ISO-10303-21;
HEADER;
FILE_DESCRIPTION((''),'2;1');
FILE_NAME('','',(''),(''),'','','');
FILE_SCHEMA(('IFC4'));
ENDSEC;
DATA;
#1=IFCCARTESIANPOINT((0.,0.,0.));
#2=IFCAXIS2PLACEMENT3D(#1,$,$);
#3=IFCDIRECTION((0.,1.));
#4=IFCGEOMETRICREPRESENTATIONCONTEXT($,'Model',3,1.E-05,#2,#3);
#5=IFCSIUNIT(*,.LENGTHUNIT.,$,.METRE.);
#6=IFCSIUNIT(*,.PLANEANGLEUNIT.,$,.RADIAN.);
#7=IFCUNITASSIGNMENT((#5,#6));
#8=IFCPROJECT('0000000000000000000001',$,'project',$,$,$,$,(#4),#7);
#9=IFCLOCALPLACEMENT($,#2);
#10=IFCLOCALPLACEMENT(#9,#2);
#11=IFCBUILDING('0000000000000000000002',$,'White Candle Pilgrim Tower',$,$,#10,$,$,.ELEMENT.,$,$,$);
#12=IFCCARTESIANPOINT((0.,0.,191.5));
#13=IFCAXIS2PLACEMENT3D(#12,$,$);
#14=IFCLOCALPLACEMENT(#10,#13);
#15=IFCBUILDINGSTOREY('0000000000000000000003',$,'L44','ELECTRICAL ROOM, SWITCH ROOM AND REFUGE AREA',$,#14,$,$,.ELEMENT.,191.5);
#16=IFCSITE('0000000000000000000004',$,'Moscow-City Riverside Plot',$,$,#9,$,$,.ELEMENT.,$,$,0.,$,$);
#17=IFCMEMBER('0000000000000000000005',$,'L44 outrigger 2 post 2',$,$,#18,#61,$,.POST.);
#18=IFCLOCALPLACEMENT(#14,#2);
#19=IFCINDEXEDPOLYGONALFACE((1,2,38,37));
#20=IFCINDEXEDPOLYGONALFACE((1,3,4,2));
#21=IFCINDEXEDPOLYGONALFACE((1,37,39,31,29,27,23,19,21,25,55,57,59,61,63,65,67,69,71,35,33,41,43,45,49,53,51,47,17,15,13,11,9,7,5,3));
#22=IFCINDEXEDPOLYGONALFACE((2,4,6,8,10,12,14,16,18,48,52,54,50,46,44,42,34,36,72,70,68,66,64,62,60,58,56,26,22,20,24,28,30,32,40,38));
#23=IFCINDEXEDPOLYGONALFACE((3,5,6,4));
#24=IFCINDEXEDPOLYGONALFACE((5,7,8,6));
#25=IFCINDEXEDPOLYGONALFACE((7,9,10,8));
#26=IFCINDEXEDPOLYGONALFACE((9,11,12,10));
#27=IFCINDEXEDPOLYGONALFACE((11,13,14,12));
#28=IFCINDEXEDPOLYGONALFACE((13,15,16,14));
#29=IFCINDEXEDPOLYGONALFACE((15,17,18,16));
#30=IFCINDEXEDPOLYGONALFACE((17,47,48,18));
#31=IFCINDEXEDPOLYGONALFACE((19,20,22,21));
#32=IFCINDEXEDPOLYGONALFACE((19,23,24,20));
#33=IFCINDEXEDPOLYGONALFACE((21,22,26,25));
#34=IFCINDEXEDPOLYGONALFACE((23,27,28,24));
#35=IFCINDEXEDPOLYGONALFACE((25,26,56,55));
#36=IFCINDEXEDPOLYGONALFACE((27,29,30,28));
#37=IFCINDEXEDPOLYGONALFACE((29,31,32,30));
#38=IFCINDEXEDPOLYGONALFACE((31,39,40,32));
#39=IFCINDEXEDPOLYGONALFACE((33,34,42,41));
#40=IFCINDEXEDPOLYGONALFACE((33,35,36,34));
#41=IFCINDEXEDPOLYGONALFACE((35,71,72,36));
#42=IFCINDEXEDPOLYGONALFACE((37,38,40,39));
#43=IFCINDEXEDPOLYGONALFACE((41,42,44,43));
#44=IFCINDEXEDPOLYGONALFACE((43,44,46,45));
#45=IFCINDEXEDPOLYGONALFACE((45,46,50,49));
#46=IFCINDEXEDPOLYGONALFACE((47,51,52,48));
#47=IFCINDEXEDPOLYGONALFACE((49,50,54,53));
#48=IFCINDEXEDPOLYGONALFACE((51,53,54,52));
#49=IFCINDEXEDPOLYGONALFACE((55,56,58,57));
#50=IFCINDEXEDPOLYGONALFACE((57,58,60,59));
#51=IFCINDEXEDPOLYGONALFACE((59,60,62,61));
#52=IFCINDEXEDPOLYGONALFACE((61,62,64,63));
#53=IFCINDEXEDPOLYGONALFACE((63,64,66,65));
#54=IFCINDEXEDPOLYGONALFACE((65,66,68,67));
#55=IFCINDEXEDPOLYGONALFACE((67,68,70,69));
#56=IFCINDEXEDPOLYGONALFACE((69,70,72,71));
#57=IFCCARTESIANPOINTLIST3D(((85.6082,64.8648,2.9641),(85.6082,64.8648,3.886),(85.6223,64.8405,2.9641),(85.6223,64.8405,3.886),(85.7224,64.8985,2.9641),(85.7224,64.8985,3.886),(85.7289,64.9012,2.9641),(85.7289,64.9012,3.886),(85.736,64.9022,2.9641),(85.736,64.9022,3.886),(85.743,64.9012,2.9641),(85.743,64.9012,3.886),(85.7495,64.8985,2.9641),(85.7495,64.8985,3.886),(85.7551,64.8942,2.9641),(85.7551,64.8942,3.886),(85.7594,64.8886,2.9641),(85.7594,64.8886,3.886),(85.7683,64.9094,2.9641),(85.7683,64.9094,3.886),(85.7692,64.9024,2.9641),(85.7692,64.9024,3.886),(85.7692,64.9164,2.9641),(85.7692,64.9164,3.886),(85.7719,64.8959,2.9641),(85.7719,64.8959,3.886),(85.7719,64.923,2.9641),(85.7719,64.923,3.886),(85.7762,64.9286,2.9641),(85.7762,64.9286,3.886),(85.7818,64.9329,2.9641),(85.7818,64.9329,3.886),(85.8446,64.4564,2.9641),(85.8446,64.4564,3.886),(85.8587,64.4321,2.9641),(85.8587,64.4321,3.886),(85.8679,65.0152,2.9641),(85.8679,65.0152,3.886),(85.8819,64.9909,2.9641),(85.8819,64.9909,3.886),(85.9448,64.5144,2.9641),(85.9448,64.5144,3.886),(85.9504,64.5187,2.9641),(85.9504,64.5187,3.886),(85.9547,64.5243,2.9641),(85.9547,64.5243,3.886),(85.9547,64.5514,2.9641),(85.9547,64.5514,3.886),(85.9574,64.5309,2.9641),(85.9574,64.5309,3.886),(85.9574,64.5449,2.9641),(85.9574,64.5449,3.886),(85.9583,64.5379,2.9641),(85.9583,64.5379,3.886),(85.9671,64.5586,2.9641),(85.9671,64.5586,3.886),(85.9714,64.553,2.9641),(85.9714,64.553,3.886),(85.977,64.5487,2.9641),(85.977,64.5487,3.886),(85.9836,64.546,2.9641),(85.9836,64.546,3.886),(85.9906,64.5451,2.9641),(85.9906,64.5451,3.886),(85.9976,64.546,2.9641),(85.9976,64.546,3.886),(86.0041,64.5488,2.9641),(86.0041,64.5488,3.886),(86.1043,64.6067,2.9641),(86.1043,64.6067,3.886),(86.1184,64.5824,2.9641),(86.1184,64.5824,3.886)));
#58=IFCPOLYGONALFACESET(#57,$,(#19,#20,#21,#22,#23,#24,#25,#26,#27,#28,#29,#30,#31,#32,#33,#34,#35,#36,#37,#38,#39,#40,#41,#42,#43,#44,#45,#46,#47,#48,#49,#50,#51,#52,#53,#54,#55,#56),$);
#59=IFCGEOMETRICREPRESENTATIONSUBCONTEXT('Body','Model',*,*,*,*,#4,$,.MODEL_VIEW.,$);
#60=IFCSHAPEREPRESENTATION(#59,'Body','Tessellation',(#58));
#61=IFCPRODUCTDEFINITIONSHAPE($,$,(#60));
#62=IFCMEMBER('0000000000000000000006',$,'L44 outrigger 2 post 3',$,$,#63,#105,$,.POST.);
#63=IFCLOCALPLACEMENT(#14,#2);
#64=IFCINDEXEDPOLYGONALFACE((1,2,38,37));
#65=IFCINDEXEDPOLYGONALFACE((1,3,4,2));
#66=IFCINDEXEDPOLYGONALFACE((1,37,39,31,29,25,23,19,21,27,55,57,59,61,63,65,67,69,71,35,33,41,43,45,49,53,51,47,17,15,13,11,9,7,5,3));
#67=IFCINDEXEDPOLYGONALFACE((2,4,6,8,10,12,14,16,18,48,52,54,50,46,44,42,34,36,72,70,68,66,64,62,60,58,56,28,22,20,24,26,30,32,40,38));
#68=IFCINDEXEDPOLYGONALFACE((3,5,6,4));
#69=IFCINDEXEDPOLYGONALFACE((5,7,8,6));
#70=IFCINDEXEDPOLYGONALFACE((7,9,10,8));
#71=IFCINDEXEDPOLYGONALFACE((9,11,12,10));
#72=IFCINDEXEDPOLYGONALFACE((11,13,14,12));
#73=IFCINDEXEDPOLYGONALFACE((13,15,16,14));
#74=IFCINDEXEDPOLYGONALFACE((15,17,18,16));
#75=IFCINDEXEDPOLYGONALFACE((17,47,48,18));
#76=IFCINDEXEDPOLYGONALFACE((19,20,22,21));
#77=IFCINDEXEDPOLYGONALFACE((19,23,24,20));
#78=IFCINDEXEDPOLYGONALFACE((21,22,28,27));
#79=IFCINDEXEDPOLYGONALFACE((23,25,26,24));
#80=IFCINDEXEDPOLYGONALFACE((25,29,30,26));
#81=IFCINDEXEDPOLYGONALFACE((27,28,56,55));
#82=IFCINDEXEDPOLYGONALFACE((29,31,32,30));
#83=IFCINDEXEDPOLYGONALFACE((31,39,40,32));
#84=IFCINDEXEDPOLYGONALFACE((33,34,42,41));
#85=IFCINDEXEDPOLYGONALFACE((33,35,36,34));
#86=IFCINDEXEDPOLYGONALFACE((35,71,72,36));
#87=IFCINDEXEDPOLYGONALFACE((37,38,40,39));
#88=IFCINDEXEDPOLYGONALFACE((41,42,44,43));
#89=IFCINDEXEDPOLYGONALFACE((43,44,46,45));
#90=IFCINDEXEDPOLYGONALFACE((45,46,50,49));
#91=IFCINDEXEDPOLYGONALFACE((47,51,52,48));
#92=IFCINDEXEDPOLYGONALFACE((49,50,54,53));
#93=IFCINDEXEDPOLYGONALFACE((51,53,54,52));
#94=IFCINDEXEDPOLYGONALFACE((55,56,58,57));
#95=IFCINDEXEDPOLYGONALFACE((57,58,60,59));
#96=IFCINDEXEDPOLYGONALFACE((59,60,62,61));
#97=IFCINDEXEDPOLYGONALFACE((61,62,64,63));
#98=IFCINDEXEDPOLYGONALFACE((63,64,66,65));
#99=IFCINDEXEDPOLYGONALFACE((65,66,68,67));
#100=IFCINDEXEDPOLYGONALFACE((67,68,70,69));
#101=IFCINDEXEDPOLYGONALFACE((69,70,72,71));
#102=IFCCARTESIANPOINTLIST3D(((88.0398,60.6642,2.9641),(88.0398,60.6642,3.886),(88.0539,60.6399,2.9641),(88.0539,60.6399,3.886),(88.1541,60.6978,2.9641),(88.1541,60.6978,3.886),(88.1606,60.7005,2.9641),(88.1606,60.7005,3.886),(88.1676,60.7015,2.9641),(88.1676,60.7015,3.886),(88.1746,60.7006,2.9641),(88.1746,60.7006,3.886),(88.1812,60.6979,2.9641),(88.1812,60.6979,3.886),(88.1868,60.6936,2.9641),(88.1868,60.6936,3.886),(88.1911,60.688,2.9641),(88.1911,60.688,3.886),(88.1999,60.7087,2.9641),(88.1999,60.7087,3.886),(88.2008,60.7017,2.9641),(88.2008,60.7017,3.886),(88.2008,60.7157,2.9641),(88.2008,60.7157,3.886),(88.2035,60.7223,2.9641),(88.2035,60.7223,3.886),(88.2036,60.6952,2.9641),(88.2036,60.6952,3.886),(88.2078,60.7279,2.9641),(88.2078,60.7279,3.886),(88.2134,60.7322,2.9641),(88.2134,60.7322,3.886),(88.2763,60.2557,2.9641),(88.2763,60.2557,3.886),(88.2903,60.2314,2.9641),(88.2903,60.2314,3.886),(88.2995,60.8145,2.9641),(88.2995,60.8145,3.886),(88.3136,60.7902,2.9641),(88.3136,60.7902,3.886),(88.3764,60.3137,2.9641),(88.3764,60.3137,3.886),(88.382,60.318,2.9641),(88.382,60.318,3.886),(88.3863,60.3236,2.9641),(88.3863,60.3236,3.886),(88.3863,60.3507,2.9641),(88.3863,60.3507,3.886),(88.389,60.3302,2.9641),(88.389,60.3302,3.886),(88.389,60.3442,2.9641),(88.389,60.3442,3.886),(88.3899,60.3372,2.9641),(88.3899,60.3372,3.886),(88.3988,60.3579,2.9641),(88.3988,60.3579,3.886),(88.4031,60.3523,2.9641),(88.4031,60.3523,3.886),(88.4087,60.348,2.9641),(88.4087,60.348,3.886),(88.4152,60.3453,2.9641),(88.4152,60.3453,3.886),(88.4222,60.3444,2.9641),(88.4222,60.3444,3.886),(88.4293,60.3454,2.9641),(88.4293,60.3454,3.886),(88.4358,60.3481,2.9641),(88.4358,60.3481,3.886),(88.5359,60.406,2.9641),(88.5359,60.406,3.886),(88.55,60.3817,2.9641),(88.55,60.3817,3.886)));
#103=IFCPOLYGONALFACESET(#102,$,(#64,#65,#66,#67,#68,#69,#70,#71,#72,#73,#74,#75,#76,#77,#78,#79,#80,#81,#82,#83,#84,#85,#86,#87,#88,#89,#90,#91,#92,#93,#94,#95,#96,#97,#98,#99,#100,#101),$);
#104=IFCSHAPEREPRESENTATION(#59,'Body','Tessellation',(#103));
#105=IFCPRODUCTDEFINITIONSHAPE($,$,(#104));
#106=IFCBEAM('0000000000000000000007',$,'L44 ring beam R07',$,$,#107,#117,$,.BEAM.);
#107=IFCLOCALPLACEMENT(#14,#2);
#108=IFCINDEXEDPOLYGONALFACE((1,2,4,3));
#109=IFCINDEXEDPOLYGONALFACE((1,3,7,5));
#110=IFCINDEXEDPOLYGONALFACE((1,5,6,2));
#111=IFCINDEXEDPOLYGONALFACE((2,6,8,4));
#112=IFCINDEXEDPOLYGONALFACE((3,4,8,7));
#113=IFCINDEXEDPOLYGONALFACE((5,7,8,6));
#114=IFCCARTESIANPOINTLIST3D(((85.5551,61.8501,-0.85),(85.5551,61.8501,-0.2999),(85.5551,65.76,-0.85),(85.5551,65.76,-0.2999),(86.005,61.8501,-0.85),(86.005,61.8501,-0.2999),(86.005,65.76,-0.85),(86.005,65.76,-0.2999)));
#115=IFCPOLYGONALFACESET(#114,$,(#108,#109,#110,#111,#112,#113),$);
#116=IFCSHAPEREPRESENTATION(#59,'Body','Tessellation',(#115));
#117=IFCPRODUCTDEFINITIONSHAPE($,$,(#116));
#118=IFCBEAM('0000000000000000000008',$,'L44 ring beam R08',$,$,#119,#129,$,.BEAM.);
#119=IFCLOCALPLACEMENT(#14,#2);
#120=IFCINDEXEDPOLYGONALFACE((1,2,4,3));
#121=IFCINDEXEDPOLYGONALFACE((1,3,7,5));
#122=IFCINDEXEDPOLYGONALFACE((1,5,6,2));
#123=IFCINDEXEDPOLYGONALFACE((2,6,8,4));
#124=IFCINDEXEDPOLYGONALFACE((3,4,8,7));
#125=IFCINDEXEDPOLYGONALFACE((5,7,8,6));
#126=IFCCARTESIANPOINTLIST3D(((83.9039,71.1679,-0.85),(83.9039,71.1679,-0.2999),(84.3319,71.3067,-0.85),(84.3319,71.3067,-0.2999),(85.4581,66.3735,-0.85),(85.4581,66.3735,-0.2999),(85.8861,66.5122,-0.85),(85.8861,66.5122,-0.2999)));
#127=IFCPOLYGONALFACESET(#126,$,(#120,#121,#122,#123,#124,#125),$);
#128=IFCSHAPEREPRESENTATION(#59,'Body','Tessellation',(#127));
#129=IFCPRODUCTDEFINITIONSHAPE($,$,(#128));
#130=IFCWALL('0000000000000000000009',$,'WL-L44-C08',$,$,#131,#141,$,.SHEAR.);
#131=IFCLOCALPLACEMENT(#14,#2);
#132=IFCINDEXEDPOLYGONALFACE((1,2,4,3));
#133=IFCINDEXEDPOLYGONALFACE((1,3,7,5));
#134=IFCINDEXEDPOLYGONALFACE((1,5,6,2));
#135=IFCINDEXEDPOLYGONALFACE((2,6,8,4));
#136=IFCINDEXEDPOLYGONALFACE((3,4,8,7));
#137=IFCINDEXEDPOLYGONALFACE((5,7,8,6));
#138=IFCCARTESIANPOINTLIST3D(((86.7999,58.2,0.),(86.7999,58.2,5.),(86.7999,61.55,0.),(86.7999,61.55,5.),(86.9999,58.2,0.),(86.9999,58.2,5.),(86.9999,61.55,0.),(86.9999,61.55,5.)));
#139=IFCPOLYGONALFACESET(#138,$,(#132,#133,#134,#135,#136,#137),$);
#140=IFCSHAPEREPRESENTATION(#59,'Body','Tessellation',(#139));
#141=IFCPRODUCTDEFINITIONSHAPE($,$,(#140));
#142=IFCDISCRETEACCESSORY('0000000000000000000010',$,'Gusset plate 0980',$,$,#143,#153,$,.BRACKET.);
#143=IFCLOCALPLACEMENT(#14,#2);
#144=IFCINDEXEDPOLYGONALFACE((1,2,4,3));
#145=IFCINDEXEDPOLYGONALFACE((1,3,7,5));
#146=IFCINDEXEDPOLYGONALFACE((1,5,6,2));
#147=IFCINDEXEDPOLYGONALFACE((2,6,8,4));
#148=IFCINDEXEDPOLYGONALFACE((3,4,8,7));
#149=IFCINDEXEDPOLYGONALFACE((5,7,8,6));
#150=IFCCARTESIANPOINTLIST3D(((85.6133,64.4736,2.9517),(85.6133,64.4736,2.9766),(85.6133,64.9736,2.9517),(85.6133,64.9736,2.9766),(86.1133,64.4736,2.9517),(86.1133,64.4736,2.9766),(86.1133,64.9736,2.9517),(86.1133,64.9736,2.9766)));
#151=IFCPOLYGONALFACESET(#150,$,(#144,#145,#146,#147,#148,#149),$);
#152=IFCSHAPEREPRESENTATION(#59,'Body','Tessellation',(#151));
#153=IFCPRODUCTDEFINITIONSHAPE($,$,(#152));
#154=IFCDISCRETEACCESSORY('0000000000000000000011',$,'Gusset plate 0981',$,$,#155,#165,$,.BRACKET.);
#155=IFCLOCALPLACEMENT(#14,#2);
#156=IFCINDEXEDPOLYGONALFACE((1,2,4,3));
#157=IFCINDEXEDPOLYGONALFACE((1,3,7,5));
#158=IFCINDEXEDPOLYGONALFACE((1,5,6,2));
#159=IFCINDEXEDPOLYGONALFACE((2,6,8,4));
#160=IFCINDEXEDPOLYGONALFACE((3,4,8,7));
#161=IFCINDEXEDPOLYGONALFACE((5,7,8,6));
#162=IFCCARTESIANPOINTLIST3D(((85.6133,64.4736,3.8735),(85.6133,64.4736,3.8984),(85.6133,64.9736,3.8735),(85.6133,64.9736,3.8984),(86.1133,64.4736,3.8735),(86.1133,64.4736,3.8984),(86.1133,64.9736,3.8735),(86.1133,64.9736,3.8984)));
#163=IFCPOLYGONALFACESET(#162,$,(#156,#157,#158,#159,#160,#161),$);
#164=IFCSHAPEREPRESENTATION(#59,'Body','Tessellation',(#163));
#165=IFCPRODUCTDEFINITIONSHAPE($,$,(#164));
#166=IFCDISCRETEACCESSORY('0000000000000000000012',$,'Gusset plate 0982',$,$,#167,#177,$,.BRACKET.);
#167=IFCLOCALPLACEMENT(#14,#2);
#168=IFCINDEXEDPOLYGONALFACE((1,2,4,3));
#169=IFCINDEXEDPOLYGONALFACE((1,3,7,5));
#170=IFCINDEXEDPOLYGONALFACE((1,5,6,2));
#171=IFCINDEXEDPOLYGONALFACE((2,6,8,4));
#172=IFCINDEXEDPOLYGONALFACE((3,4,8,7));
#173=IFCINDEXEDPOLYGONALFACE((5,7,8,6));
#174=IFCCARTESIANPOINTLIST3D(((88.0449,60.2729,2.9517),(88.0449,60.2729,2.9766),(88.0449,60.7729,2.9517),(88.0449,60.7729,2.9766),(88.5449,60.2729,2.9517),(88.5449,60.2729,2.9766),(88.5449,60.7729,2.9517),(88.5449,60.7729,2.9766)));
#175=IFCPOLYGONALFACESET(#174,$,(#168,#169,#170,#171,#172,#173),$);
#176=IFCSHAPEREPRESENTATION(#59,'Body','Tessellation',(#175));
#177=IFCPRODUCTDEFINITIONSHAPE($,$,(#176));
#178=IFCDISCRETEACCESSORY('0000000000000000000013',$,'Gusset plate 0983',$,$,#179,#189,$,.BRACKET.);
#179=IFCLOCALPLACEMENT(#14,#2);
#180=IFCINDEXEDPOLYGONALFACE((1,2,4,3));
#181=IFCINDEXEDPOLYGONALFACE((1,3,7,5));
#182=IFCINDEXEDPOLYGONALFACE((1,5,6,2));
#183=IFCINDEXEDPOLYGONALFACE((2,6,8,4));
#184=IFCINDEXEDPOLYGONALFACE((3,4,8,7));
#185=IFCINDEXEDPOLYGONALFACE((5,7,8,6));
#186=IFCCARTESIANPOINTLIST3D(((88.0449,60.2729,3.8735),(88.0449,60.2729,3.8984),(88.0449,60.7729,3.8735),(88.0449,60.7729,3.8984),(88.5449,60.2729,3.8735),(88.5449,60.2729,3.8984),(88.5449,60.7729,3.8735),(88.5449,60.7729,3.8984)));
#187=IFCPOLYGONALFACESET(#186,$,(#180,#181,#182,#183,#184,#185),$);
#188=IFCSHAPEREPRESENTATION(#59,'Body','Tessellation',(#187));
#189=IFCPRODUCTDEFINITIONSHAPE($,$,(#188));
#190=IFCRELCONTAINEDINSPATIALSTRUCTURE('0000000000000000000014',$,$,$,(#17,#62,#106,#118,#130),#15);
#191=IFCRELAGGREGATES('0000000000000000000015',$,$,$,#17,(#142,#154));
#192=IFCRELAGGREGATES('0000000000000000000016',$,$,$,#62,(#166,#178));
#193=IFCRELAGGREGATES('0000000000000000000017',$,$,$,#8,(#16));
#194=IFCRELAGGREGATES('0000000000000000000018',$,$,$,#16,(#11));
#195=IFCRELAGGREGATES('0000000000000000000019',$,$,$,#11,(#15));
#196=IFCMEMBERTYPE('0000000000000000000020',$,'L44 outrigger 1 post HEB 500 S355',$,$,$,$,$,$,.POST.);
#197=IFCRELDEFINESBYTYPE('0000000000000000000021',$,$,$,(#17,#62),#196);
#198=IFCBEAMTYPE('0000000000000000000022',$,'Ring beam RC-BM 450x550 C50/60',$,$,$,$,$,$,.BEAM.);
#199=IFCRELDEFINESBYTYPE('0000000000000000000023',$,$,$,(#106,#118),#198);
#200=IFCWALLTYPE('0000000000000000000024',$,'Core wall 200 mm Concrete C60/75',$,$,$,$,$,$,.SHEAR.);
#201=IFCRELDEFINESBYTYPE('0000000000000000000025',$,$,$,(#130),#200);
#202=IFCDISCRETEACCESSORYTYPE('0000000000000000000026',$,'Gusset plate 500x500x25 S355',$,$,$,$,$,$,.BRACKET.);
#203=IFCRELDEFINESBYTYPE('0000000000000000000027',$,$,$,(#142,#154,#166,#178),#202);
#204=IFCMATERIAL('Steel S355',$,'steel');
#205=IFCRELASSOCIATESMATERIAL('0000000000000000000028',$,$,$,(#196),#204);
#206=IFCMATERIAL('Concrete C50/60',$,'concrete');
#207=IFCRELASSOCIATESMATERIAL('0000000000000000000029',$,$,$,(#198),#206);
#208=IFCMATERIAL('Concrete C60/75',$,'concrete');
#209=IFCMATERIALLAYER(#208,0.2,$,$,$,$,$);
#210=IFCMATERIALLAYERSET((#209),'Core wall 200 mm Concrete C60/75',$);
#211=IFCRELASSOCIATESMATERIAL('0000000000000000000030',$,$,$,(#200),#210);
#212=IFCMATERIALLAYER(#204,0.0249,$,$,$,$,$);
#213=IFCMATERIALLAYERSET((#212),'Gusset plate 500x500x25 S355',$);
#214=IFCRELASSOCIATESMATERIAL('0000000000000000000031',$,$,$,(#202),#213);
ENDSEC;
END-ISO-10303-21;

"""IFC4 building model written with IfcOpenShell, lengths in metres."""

from ifc_helpers import new_model, si_unit, direction, frame, frame_2d, origin, origin_2d, place, context, subcontext, project, spatial, rectangle, i_section, extrude, material, layer, layer_set, material_profile, profile_set, type_object, element, aggregate, save


model = new_model("IFC4")

# Units and contexts
model_context = context("Model", 3, precision=1e-05, world=origin(), true_north=direction((0.0, 1.0)))
body_context = subcontext(model_context, "Body", "Model", "MODEL_VIEW")
ifc_project = project(units=[si_unit("LENGTHUNIT", "METRE"), si_unit("PLANEANGLEUNIT", "RADIAN")], contexts=[model_context])

# Site, building, storey
site_placement = place(None, origin())
site = spatial("IfcSite", under=ifc_project, at=site_placement, Name="Moscow-City Riverside Plot", CompositionType="ELEMENT", RefElevation=0.0)
building_placement = place(site_placement, origin())
building = spatial("IfcBuilding", under=site, at=building_placement, Name="White Candle Pilgrim Tower", CompositionType="ELEMENT")
storey_placement = place(building_placement, frame((0.0, 0.0, 191.5)))
storey = spatial("IfcBuildingStorey", under=building, at=storey_placement, Name="L44", Description="ELECTRICAL ROOM, SWITCH ROOM AND REFUGE AREA", CompositionType="ELEMENT", Elevation=191.5)

# Members
ifc_material_1 = material(Name="Steel S355", Category="steel")
ifc_material_profile_1 = material_profile(ifc_material_1, i_section(OverallWidth=0.3, OverallDepth=0.5, WebThickness=0.0144, FlangeThickness=0.0281, FilletRadius=0.0271, at=origin_2d()), Name="HEB 500")
ifc_profile_set_1 = profile_set([ifc_material_profile_1], Name="Steel S355")
member_type_1 = type_object("IfcMemberType", Name="L44 outrigger 1 post HEB 500 S355", PredefinedType="POST", material=ifc_profile_set_1)
member_1_placement = place(storey_placement, frame((85.8633, 64.7236, 2.9641), z_axis=(0.0, 0.0, 1.0), x_axis=(0.865454, 0.500989, 0.0)))
member_1 = element("IfcMember", 1, at=member_1_placement, inside=storey, type_object=member_type_1, Name="L44 outrigger 2 post 2", PredefinedType="POST", context=body_context, shape_type="SweptSolid", body=[
    extrude(i_section(OverallWidth=0.3, OverallDepth=0.5, WebThickness=0.0144, FlangeThickness=0.0281, FilletRadius=0.0271, at=origin_2d()), origin(), (0.0, 0.0, 1.0), 0.9219),
])
member_2_placement = place(storey_placement, frame((88.2949, 60.5229, 2.9641), z_axis=(0.0, 0.0, 1.0), x_axis=(0.865454, 0.500989, 0.0)))
member_2 = element("IfcMember", 2, at=member_2_placement, inside=storey, type_object=member_type_1, Name="L44 outrigger 2 post 3", PredefinedType="POST", context=body_context, shape_type="SweptSolid", body=[
    extrude(i_section(OverallWidth=0.3, OverallDepth=0.5, WebThickness=0.0144, FlangeThickness=0.0281, FilletRadius=0.0271, at=origin_2d()), origin(), (0.0, 0.0, 1.0), 0.9219),
])

# Beams
ifc_material_2 = material(Name="Concrete C50/60", Category="concrete")
ifc_material_profile_2 = material_profile(ifc_material_2, rectangle(XDim=0.45, YDim=0.55, at=origin_2d()), Name="RC-BM 450x550")
ifc_profile_set_2 = profile_set([ifc_material_profile_2], Name="Concrete C50/60")
beam_type = type_object("IfcBeamType", Name="Ring beam RC-BM 450x550 C50/60", PredefinedType="BEAM", material=ifc_profile_set_2)
beam_1_placement = place(storey_placement, frame((85.78, 65.76, -0.575), z_axis=(0.0, -1.0, 0.0), x_axis=(1.0, 0.0, 0.0)))
element("IfcBeam", 3, at=beam_1_placement, inside=storey, type_object=beam_type, Name="L44 ring beam R07", PredefinedType="BEAM", context=body_context, shape_type="SweptSolid", body=[
    extrude(rectangle(XDim=0.45, YDim=0.55, at=origin_2d()), origin(), (0.0, 0.0, 1.0), 3.9099),
])
beam_2_placement = place(storey_placement, frame((85.6721, 66.4429, -0.575), z_axis=(-0.30837, 0.951267, 0.0), x_axis=(-0.951267, -0.30837, 0.0)))
element("IfcBeam", 4, at=beam_2_placement, inside=storey, type_object=beam_type, Name="L44 ring beam R08", PredefinedType="BEAM", context=body_context, shape_type="SweptSolid", body=[
    extrude(rectangle(XDim=0.45, YDim=0.55, at=origin_2d()), origin(), (0.0, 0.0, 1.0), 5.04),
])

# Wall
ifc_material_3 = material(Name="Concrete C60/75", Category="concrete")
ifc_layer_1 = layer(ifc_material_3, 0.2)
ifc_layer_set_1 = layer_set([ifc_layer_1], Name="Core wall 200 mm Concrete C60/75")
wall_type_1 = type_object("IfcWallType", Name="Core wall 200 mm Concrete C60/75", PredefinedType="SHEAR", material=ifc_layer_set_1)
wall_1_placement = place(storey_placement, frame((86.8999, 58.2, 0.0), z_axis=(0.0, 0.0, 1.0), x_axis=(0.0, 1.0, 0.0)))
element("IfcWall", 5, at=wall_1_placement, inside=storey, type_object=wall_type_1, Name="WL-L44-C08", PredefinedType="SHEAR", context=body_context, shape_type="SweptSolid", body=[
    extrude(rectangle(XDim=3.3501, YDim=0.2, at=frame_2d((1.675, 0.0))), origin(), (0.0, 0.0, 1.0), 5.0),
])

# Discrete accessories
ifc_layer_2 = layer(ifc_material_1, 0.0249)
ifc_layer_set_2 = layer_set([ifc_layer_2], Name="Gusset plate 500x500x25 S355")
discrete_accessory_type_1 = type_object("IfcDiscreteAccessoryType", Name="Gusset plate 500x500x25 S355", PredefinedType="BRACKET", material=ifc_layer_set_2)
discrete_accessory_1_placement = place(storey_placement, frame((85.8633, 64.7236, 2.9517), z_axis=(0.0, 0.0, 1.0), x_axis=(1.0, 0.0, 0.0)))
discrete_accessory_1 = element("IfcDiscreteAccessory", 6, at=discrete_accessory_1_placement, type_object=discrete_accessory_type_1, Name="Gusset plate 0980", PredefinedType="BRACKET", context=body_context, shape_type="SweptSolid", body=[
    extrude(rectangle(XDim=0.5, YDim=0.5, at=origin_2d()), origin(), (0.0, 0.0, 1.0), 0.0249),
])
discrete_accessory_2_placement = place(storey_placement, frame((85.8633, 64.7236, 3.8735), z_axis=(0.0, 0.0, 1.0), x_axis=(1.0, 0.0, 0.0)))
discrete_accessory_2 = element("IfcDiscreteAccessory", 7, at=discrete_accessory_2_placement, type_object=discrete_accessory_type_1, Name="Gusset plate 0981", PredefinedType="BRACKET", context=body_context, shape_type="SweptSolid", body=[
    extrude(rectangle(XDim=0.5, YDim=0.5, at=origin_2d()), origin(), (0.0, 0.0, 1.0), 0.0249),
])
aggregate(member_1, [discrete_accessory_1, discrete_accessory_2])
discrete_accessory_3_placement = place(storey_placement, frame((88.2949, 60.5229, 2.9517), z_axis=(0.0, 0.0, 1.0), x_axis=(1.0, 0.0, 0.0)))
discrete_accessory_3 = element("IfcDiscreteAccessory", 8, at=discrete_accessory_3_placement, type_object=discrete_accessory_type_1, Name="Gusset plate 0982", PredefinedType="BRACKET", context=body_context, shape_type="SweptSolid", body=[
    extrude(rectangle(XDim=0.5, YDim=0.5, at=origin_2d()), origin(), (0.0, 0.0, 1.0), 0.0249),
])
discrete_accessory_4_placement = place(storey_placement, frame((88.2949, 60.5229, 3.8735), z_axis=(0.0, 0.0, 1.0), x_axis=(1.0, 0.0, 0.0)))
discrete_accessory_4 = element("IfcDiscreteAccessory", 9, at=discrete_accessory_4_placement, type_object=discrete_accessory_type_1, Name="Gusset plate 0983", PredefinedType="BRACKET", context=body_context, shape_type="SweptSolid", body=[
    extrude(rectangle(XDim=0.5, YDim=0.5, at=origin_2d()), origin(), (0.0, 0.0, 1.0), 0.0249),
])
aggregate(member_2, [discrete_accessory_3, discrete_accessory_4])

save(model, "model.ifc")
